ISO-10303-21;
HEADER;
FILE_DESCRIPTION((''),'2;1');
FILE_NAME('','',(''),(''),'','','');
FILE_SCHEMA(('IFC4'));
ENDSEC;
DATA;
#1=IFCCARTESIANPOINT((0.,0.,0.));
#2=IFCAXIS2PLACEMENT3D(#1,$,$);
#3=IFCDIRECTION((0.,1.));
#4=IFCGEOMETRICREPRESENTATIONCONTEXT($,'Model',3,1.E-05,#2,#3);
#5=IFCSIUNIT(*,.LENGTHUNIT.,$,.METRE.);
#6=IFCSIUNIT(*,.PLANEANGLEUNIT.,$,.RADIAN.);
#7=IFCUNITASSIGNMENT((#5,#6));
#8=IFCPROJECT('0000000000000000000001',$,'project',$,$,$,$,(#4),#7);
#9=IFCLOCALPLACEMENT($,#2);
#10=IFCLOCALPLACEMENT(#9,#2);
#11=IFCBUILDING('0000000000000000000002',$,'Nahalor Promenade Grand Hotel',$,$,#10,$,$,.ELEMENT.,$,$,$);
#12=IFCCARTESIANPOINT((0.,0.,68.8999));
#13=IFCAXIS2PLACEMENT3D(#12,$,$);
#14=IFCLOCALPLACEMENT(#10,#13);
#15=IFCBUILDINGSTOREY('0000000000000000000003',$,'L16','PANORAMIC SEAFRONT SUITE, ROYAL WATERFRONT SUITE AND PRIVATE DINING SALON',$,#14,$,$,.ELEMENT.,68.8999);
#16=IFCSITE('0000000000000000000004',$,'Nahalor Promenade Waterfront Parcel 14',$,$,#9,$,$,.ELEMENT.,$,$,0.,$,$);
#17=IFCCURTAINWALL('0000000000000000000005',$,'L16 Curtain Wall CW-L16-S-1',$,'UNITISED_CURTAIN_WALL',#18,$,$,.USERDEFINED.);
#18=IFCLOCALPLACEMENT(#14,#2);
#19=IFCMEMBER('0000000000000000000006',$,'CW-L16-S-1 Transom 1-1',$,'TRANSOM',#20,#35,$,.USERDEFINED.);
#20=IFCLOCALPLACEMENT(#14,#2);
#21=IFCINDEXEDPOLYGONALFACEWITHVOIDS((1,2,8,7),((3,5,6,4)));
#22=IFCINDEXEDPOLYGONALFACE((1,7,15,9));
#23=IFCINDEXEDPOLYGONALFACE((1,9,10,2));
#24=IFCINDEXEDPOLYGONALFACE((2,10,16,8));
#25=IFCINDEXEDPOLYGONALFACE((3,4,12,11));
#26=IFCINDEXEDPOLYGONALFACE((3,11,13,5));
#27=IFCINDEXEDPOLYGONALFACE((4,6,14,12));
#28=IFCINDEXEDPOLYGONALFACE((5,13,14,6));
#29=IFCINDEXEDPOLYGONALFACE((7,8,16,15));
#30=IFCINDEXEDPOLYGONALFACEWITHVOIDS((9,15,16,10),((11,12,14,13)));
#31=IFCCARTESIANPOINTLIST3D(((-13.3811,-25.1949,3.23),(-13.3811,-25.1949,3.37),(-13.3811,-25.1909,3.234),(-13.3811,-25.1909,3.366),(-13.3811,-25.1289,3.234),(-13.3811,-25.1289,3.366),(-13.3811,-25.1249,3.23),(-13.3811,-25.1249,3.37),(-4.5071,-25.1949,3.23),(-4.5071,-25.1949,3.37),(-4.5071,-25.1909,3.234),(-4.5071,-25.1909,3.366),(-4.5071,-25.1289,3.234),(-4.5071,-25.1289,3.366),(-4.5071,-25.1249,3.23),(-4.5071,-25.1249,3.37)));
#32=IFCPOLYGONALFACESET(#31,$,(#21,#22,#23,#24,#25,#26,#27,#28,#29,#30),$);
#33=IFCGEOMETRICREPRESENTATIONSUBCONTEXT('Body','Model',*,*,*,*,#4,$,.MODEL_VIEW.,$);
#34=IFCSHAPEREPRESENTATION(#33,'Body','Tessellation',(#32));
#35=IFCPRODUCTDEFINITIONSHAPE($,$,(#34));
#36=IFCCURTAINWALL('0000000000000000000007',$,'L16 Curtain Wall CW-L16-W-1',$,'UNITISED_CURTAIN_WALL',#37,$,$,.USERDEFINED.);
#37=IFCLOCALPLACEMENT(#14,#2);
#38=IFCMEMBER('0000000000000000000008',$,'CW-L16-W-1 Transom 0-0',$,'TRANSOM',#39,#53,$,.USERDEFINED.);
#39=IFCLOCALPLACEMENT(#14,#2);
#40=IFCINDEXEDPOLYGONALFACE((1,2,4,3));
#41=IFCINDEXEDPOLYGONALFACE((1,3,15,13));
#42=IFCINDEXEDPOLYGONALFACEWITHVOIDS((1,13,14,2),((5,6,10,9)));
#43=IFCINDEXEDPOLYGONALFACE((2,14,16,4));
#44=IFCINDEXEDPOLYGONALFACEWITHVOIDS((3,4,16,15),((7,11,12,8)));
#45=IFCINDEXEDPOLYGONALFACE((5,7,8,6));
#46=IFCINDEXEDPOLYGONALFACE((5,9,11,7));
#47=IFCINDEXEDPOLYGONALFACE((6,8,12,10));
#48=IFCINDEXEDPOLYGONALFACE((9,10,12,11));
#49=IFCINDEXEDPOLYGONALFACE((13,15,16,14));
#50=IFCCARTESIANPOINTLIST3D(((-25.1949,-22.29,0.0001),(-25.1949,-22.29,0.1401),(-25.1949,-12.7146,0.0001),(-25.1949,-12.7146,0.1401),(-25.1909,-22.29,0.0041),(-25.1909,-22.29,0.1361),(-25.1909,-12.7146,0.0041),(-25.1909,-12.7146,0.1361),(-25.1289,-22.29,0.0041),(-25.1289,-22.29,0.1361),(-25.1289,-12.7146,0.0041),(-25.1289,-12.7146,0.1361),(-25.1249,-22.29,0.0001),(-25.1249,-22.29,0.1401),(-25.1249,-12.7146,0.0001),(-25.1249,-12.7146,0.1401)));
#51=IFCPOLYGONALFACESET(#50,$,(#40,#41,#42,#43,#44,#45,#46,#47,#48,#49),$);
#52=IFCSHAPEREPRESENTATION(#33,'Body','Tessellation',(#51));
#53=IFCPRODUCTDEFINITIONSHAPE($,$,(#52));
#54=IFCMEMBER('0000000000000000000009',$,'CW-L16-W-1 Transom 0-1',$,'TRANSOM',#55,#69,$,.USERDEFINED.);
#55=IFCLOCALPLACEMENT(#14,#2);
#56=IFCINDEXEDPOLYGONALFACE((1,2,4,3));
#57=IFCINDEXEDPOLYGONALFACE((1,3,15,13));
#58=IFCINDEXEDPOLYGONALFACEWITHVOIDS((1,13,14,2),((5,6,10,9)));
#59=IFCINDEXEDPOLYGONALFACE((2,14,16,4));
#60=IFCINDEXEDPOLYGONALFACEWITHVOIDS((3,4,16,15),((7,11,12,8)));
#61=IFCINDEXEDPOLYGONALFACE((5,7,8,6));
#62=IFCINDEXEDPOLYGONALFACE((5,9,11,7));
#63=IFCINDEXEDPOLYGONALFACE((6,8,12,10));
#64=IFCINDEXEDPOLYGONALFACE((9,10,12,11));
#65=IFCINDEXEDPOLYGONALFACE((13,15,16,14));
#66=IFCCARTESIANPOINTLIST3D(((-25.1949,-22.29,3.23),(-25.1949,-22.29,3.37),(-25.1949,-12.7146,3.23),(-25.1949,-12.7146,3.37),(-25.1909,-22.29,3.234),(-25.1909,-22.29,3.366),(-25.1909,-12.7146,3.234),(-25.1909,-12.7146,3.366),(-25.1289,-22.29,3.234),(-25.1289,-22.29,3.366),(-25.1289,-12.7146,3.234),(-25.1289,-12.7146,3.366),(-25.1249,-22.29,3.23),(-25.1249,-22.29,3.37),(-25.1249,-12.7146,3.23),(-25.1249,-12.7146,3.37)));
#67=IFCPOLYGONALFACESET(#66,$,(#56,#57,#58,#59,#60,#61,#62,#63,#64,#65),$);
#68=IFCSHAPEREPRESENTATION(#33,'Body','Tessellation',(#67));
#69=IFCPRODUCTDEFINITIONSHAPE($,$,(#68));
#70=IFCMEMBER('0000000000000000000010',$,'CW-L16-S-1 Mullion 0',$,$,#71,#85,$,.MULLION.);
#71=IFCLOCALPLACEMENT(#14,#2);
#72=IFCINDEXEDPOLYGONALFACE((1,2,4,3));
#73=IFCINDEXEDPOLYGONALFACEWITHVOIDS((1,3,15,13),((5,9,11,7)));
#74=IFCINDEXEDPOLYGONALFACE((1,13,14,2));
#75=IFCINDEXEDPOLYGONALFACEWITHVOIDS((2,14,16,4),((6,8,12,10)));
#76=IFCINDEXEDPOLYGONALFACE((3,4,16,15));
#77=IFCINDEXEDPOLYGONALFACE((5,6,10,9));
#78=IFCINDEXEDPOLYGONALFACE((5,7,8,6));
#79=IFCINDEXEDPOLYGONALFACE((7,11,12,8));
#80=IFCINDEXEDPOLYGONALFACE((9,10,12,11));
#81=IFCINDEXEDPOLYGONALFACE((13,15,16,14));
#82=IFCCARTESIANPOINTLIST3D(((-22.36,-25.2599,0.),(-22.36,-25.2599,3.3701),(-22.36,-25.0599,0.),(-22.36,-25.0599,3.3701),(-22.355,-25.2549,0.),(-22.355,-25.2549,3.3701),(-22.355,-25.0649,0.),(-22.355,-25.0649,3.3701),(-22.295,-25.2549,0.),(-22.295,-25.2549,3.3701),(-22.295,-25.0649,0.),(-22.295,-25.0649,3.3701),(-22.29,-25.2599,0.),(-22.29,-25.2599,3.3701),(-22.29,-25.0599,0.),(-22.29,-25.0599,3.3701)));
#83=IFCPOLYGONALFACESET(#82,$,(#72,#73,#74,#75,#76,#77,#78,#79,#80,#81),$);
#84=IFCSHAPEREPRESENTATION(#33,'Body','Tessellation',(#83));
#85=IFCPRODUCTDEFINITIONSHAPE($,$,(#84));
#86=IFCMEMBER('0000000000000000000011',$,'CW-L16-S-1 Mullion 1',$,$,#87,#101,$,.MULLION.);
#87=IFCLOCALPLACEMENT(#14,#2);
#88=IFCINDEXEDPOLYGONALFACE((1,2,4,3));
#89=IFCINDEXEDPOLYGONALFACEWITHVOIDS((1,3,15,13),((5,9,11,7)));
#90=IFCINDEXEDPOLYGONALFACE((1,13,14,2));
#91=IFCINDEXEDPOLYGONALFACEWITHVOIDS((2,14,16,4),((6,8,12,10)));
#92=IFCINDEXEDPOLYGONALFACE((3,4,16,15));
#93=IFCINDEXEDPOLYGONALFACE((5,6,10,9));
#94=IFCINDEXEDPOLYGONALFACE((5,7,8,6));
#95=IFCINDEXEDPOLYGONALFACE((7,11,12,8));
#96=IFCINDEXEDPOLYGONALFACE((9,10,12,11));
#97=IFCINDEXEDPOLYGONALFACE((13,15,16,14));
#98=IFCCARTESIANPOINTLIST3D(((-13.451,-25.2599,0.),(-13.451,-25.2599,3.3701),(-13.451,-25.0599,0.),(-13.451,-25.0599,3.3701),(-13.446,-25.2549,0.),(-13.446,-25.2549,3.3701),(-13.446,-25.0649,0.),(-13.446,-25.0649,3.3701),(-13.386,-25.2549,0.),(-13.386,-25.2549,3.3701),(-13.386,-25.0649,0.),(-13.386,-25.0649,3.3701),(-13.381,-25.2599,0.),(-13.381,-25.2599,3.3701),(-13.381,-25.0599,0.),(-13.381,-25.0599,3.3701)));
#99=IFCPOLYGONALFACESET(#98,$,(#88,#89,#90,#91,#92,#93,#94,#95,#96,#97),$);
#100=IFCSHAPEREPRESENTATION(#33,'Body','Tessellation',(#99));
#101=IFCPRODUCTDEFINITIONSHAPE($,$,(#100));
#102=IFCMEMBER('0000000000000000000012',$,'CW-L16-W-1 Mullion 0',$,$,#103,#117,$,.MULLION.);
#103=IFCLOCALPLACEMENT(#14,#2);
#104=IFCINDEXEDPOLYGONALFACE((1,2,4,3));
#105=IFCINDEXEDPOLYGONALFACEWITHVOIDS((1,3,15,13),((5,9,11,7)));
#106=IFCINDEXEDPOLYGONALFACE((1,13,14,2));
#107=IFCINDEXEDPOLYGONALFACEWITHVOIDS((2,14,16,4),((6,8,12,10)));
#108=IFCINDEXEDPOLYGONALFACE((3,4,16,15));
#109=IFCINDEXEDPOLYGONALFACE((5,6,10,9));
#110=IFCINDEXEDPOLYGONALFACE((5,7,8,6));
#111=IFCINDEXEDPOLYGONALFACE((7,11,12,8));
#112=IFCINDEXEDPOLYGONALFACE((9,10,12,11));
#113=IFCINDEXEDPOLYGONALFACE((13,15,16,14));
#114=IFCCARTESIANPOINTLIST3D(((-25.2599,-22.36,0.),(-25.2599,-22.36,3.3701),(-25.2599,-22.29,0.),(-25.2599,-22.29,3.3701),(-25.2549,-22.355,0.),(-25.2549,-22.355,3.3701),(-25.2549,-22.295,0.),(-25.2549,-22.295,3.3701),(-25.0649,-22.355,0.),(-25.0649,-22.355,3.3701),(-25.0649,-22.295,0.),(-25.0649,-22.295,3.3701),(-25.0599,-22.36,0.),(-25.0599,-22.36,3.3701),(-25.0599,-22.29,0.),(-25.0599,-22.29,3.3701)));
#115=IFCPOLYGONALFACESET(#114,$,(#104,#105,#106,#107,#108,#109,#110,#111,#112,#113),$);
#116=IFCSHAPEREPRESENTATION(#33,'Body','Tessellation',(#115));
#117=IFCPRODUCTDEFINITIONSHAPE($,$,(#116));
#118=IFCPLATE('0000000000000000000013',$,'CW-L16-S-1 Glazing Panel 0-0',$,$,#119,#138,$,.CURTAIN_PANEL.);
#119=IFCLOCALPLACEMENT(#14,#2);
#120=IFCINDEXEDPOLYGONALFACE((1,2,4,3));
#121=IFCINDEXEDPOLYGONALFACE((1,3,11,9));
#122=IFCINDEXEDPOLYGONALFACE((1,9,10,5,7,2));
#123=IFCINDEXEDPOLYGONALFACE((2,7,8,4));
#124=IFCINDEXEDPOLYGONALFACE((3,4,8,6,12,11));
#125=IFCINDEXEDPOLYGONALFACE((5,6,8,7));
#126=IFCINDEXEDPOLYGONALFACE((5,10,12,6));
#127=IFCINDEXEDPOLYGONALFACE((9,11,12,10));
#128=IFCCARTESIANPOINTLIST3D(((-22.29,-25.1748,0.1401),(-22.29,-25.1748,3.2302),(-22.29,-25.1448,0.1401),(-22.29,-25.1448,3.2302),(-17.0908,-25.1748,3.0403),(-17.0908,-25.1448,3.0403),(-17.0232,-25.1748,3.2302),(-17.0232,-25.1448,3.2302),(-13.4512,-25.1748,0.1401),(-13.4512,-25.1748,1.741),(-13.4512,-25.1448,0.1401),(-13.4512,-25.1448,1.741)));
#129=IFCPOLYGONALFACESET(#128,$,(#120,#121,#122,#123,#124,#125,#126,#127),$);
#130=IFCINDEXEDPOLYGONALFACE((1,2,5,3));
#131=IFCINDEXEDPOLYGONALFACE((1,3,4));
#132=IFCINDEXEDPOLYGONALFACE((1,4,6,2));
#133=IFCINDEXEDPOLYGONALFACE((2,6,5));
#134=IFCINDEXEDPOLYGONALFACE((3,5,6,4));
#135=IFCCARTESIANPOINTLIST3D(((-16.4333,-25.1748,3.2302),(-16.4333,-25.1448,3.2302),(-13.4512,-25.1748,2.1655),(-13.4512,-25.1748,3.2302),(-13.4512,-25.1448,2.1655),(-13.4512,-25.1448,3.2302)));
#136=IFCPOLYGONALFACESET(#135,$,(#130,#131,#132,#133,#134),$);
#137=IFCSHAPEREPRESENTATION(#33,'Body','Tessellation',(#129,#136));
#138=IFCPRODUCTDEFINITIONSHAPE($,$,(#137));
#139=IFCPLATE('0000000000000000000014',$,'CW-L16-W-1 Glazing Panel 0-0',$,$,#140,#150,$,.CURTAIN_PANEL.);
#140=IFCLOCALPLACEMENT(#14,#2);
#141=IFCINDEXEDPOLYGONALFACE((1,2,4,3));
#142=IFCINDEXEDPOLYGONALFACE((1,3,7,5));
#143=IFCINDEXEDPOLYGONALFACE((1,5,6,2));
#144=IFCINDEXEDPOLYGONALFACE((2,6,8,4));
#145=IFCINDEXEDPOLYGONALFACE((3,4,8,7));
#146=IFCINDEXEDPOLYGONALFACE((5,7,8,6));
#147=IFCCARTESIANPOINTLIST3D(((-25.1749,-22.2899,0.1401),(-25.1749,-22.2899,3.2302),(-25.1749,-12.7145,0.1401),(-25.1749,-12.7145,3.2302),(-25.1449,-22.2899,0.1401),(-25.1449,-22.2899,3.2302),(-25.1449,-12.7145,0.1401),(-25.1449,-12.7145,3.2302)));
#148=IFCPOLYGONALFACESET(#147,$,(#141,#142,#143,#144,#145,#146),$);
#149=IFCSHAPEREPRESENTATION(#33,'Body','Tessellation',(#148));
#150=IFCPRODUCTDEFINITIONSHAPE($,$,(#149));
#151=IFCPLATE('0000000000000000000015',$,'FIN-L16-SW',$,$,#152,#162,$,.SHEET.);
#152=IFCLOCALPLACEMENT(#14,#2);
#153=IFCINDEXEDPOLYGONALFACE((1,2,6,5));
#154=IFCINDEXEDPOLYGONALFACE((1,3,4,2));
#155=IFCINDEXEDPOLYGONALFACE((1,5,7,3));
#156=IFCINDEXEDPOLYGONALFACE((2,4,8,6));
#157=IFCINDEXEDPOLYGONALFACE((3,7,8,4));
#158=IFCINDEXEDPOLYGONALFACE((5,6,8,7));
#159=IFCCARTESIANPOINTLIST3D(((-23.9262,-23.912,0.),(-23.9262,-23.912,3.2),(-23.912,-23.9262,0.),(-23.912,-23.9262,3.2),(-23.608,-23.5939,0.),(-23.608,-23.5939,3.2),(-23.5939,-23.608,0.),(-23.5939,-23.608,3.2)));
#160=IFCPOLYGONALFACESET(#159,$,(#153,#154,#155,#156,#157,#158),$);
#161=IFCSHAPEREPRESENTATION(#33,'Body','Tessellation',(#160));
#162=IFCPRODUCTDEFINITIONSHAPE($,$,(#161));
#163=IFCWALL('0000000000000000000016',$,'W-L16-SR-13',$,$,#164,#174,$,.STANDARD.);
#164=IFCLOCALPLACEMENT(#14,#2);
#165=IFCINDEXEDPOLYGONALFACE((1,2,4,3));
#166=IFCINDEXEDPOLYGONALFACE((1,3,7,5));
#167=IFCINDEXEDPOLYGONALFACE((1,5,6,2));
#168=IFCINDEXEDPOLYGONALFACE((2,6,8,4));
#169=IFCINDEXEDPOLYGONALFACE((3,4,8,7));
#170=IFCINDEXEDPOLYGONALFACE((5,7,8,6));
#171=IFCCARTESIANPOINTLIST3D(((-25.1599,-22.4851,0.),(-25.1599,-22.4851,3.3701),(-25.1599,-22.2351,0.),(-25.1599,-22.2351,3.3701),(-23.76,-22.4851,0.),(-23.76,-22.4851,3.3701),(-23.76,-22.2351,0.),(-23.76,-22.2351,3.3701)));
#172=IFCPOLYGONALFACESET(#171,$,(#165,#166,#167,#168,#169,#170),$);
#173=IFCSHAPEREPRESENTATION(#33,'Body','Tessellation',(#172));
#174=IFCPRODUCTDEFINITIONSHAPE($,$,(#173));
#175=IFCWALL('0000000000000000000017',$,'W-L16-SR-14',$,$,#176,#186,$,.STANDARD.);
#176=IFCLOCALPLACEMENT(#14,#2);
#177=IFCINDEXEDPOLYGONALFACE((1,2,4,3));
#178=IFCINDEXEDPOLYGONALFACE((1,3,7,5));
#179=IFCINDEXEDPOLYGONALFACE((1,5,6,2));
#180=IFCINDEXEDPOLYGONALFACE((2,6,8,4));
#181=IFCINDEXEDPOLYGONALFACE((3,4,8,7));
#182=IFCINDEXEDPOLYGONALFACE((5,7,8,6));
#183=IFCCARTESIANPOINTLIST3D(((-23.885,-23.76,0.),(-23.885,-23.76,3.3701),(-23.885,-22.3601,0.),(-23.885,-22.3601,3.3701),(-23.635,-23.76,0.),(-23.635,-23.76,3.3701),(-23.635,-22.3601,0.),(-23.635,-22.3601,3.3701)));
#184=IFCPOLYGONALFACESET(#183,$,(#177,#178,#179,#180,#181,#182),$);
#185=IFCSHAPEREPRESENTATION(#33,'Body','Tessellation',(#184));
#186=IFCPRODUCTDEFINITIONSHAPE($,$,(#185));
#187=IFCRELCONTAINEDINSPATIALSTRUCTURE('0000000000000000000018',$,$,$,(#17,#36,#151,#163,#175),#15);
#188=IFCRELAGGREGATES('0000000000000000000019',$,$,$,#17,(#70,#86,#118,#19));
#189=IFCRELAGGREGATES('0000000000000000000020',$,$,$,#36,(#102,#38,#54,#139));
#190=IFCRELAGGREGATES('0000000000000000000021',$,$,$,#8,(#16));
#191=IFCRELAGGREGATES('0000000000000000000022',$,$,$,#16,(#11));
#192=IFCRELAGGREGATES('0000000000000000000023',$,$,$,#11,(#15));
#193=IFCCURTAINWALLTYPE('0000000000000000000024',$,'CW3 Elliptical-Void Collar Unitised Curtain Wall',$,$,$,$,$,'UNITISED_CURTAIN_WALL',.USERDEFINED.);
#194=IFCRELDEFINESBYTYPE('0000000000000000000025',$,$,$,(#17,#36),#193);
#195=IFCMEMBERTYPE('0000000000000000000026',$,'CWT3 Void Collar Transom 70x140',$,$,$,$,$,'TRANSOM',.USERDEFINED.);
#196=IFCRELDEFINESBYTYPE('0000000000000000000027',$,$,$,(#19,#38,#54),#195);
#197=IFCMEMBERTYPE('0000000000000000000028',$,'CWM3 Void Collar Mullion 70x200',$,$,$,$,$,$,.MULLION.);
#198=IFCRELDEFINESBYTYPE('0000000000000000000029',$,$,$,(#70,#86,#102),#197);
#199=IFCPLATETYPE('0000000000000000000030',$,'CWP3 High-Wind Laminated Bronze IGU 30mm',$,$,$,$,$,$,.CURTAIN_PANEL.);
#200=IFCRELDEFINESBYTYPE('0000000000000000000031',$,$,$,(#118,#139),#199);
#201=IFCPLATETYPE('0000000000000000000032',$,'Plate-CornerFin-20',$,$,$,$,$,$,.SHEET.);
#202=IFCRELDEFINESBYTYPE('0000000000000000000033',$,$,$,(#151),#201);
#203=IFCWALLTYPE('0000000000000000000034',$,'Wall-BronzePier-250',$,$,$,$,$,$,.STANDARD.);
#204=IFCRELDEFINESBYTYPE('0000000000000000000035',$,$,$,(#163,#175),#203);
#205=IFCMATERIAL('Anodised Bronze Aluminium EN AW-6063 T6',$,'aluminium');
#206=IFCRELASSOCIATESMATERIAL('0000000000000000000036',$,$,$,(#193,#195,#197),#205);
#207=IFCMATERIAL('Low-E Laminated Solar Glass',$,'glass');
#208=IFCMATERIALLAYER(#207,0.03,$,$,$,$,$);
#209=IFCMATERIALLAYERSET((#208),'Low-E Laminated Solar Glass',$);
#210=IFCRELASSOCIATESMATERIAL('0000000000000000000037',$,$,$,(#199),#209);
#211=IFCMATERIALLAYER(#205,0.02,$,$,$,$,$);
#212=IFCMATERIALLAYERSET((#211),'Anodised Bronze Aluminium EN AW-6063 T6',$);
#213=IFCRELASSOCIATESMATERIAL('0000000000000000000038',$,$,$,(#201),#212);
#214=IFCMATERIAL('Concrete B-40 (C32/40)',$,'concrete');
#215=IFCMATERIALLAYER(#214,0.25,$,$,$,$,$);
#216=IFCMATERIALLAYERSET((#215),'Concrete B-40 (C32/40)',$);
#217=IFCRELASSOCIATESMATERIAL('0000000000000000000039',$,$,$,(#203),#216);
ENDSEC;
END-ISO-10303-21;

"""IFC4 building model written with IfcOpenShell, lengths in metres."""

from ifc_helpers import new_model, si_unit, direction, frame, frame_2d, origin, origin_2d, place, context, subcontext, project, spatial, polyline, rectangle, hollow_rectangle, outline, extrude, source, transform, mapped, material, layer, layer_set, material_profile, profile_set, type_object, element, aggregate, save


model = new_model("IFC4")

# Units and contexts
model_context = context("Model", 3, precision=1e-05, world=origin(), true_north=direction((0.0, 1.0)))
body_context = subcontext(model_context, "Body", "Model", "MODEL_VIEW")
ifc_project = project(units=[si_unit("LENGTHUNIT", "METRE"), si_unit("PLANEANGLEUNIT", "RADIAN")], contexts=[model_context])

# Site, building, storey
site_placement = place(None, origin())
site = spatial("IfcSite", under=ifc_project, at=site_placement, Name="Nahalor Promenade Waterfront Parcel 14", CompositionType="ELEMENT", RefElevation=0.0)
building_placement = place(site_placement, origin())
building = spatial("IfcBuilding", under=site, at=building_placement, Name="Nahalor Promenade Grand Hotel", CompositionType="ELEMENT")
storey_placement = place(building_placement, frame((0.0, 0.0, 68.8999)))
storey = spatial("IfcBuildingStorey", under=building, at=storey_placement, Name="L16", Description="PANORAMIC SEAFRONT SUITE, ROYAL WATERFRONT SUITE AND PRIVATE DINING SALON", CompositionType="ELEMENT", Elevation=68.8999)

# Curtain walls, members
ifc_material_1 = material(Name="Anodised Bronze Aluminium EN AW-6063 T6", Category="aluminium")
curtain_wall_type = type_object("IfcCurtainWallType", Name="CW3 Elliptical-Void Collar Unitised Curtain Wall", ElementType="UNITISED_CURTAIN_WALL", PredefinedType="USERDEFINED", material=ifc_material_1)
curtain_wall_1_placement = place(storey_placement, origin())
curtain_wall_1 = element("IfcCurtainWall", 1, at=curtain_wall_1_placement, inside=storey, type_object=curtain_wall_type, Name="L16 Curtain Wall CW-L16-S-1", ObjectType="UNITISED_CURTAIN_WALL", PredefinedType="USERDEFINED")
ifc_material_profile_1 = material_profile(ifc_material_1, hollow_rectangle(XDim=0.07, YDim=0.14, WallThickness=0.004, at=origin_2d()), Name="CWT 70x140x4")
ifc_profile_set_1 = profile_set([ifc_material_profile_1], Name="Anodised Bronze Aluminium EN AW-6063 T6")
member_type_1 = type_object("IfcMemberType", Name="CWT3 Void Collar Transom 70x140", ElementType="TRANSOM", PredefinedType="USERDEFINED", material=ifc_profile_set_1)
shared_shape_1 = source(origin(), body_context, "Body", "SweptSolid", [
    extrude(hollow_rectangle(XDim=0.07, YDim=0.14, WallThickness=0.004, at=origin_2d()), origin(), (0.0, 0.0, 1.0), 8.874),
])
member_1_placement = place(storey_placement, frame((-13.3811, -25.1599, 3.3), z_axis=(1.0, 0.0, 0.0), x_axis=(0.0, 1.0, 0.0)))
member_1 = element("IfcMember", 2, at=member_1_placement, type_object=member_type_1, Name="CW-L16-S-1 Transom 1-1", ObjectType="TRANSOM", PredefinedType="USERDEFINED", context=body_context, shape_type="MappedRepresentation", body=[
    mapped(shared_shape_1, transform((0.0, 0.0, 0.0), scale=1.0)),
])
curtain_wall_2_placement = place(storey_placement, origin())
curtain_wall_2 = element("IfcCurtainWall", 3, at=curtain_wall_2_placement, inside=storey, type_object=curtain_wall_type, Name="L16 Curtain Wall CW-L16-W-1", ObjectType="UNITISED_CURTAIN_WALL", PredefinedType="USERDEFINED")
shared_shape_2 = source(origin(), body_context, "Body", "SweptSolid", [
    extrude(hollow_rectangle(XDim=0.07, YDim=0.14, WallThickness=0.004, at=origin_2d()), origin(), (0.0, 0.0, 1.0), 9.5754),
])
member_2_placement = place(storey_placement, frame((-25.1599, -22.29, 0.0701), z_axis=(0.0, 1.0, 0.0), x_axis=(-1.0, 0.0, 0.0)))
member_2 = element("IfcMember", 4, at=member_2_placement, type_object=member_type_1, Name="CW-L16-W-1 Transom 0-0", ObjectType="TRANSOM", PredefinedType="USERDEFINED", context=body_context, shape_type="MappedRepresentation", body=[
    mapped(shared_shape_2, transform((0.0, 0.0, 0.0), scale=1.0)),
])
member_3_placement = place(storey_placement, frame((-25.1599, -22.29, 3.3), z_axis=(0.0, 1.0, 0.0), x_axis=(-1.0, 0.0, 0.0)))
member_3 = element("IfcMember", 5, at=member_3_placement, type_object=member_type_1, Name="CW-L16-W-1 Transom 0-1", ObjectType="TRANSOM", PredefinedType="USERDEFINED", context=body_context, shape_type="MappedRepresentation", body=[
    mapped(shared_shape_2, transform((0.0, 0.0, 0.0), scale=1.0)),
])

# Members
ifc_material_profile_2 = material_profile(ifc_material_1, hollow_rectangle(XDim=0.07, YDim=0.2, WallThickness=0.005, at=origin_2d()), Name="CWM 70x200x5")
ifc_profile_set_2 = profile_set([ifc_material_profile_2], Name="Anodised Bronze Aluminium EN AW-6063 T6")
member_type_2 = type_object("IfcMemberType", Name="CWM3 Void Collar Mullion 70x200", PredefinedType="MULLION", material=ifc_profile_set_2)
shared_shape_3 = source(origin(), body_context, "Body", "SweptSolid", [
    extrude(hollow_rectangle(XDim=0.07, YDim=0.2, WallThickness=0.005, at=origin_2d()), origin(), (0.0, 0.0, 1.0), 3.3701),
])
member_4_placement = place(storey_placement, frame((-22.325, -25.1599, 0.0), z_axis=(0.0, 0.0, 1.0), x_axis=(1.0, 0.0, 0.0)))
member_4 = element("IfcMember", 6, at=member_4_placement, type_object=member_type_2, Name="CW-L16-S-1 Mullion 0", PredefinedType="MULLION", context=body_context, shape_type="MappedRepresentation", body=[
    mapped(shared_shape_3, transform((0.0, 0.0, 0.0), scale=1.0)),
])
member_5_placement = place(storey_placement, frame((-13.416, -25.1599, 0.0), z_axis=(0.0, 0.0, 1.0), x_axis=(1.0, 0.0, 0.0)))
member_5 = element("IfcMember", 7, at=member_5_placement, type_object=member_type_2, Name="CW-L16-S-1 Mullion 1", PredefinedType="MULLION", context=body_context, shape_type="MappedRepresentation", body=[
    mapped(shared_shape_3, transform((0.0, 0.0, 0.0), scale=1.0)),
])
member_6_placement = place(storey_placement, frame((-25.1599, -22.325, 0.0), z_axis=(0.0, 0.0, 1.0), x_axis=(0.0, 1.0, 0.0)))
member_6 = element("IfcMember", 8, at=member_6_placement, type_object=member_type_2, Name="CW-L16-W-1 Mullion 0", PredefinedType="MULLION", context=body_context, shape_type="MappedRepresentation", body=[
    mapped(shared_shape_3, transform((0.0, 0.0, 0.0), scale=1.0)),
])

# Plates
ifc_material_2 = material(Name="Low-E Laminated Solar Glass", Category="glass")
ifc_layer_1 = layer(ifc_material_2, 0.03)
ifc_layer_set_1 = layer_set([ifc_layer_1], Name="Low-E Laminated Solar Glass")
plate_type_1 = type_object("IfcPlateType", Name="CWP3 High-Wind Laminated Bronze IGU 30mm", PredefinedType="CURTAIN_PANEL", material=ifc_layer_set_1)
plate_1_placement = place(storey_placement, frame((-17.8706, -25.1599, 0.1401), z_axis=(0.0, 0.0, 1.0), x_axis=(1.0, 0.0, 0.0)))
plate_1 = element("IfcPlate", 9, at=plate_1_placement, type_object=plate_type_1, Name="CW-L16-S-1 Glazing Panel 0-0", PredefinedType="CURTAIN_PANEL", context=body_context, shape_type="SweptSolid", body=[
    extrude(outline(polyline([(-4.4194, 0.0), (4.4194, 0.0), (4.4194, 1.6008), (0.7798, 2.9001), (0.8474, 3.0901), (-4.4194, 3.0901), (-4.4194, 0.0)])), frame((0.0, 0.0151, 0.0), z_axis=(0.0, -1.0, 0.0), x_axis=(1.0, 0.0, 0.0)), (0.0, 0.0, 1.0), 0.03),
    extrude(outline(polyline([(4.4194, 2.0254), (4.4194, 3.0901), (1.4373, 3.0901), (4.4194, 2.0254)])), frame((0.0, 0.0151, 0.0), z_axis=(0.0, -1.0, 0.0), x_axis=(1.0, 0.0, 0.0)), (0.0, 0.0, 1.0), 0.03),
])
aggregate(curtain_wall_1, [member_4, member_5, plate_1, member_1])
shared_shape_4 = source(origin(), body_context, "Body", "SweptSolid", [
    extrude(rectangle(XDim=9.5754, YDim=0.03, at=origin_2d()), origin(), (0.0, 0.0, 1.0), 3.0901),
])
plate_2_placement = place(storey_placement, frame((-25.1599, -17.5022, 0.1401), z_axis=(0.0, 0.0, 1.0), x_axis=(0.0, 1.0, 0.0)))
plate_2 = element("IfcPlate", 10, at=plate_2_placement, type_object=plate_type_1, Name="CW-L16-W-1 Glazing Panel 0-0", PredefinedType="CURTAIN_PANEL", context=body_context, shape_type="MappedRepresentation", body=[
    mapped(shared_shape_4, transform((0.0, 0.0, 0.0), scale=1.0)),
])
aggregate(curtain_wall_2, [member_6, member_2, member_3, plate_2])
ifc_layer_2 = layer(ifc_material_1, 0.02)
ifc_layer_set_2 = layer_set([ifc_layer_2], Name="Anodised Bronze Aluminium EN AW-6063 T6")
plate_type_2 = type_object("IfcPlateType", Name="Plate-CornerFin-20", PredefinedType="SHEET", material=ifc_layer_set_2)
shared_shape_5 = source(origin(), body_context, "Body", "SweptSolid", [
    extrude(rectangle(XDim=0.45, YDim=0.02, at=origin_2d()), origin(), (0.0, 0.0, 1.0), 3.2),
])
plate_3_placement = place(storey_placement, frame((-23.76, -23.76, 0.0), z_axis=(0.0, 0.0, 1.0), x_axis=(0.707107, 0.707107, 0.0)))
element("IfcPlate", 11, at=plate_3_placement, inside=storey, type_object=plate_type_2, Name="FIN-L16-SW", PredefinedType="SHEET", context=body_context, shape_type="MappedRepresentation", body=[
    mapped(shared_shape_5, transform((0.0, 0.0, 0.0), scale=1.0)),
])

# Walls
ifc_material_3 = material(Name="Concrete B-40 (C32/40)", Category="concrete")
ifc_layer_3 = layer(ifc_material_3, 0.25)
ifc_layer_set_3 = layer_set([ifc_layer_3], Name="Concrete B-40 (C32/40)")
wall_type_1 = type_object("IfcWallType", Name="Wall-BronzePier-250", PredefinedType="STANDARD", material=ifc_layer_set_3)
shared_shape_6 = source(origin(), body_context, "Body", "SweptSolid", [
    extrude(rectangle(XDim=1.3999, YDim=0.25, at=frame_2d((0.7, 0.0))), origin(), (0.0, 0.0, 1.0), 3.3701),
])
for number, where, z_axis, x_axis, name in (
    (12, (-25.1599, -22.3601, 0.0), (0.0, 0.0, 1.0), (1.0, 0.0, 0.0), "W-L16-SR-13"),
    (13, (-23.76, -23.76, 0.0), (0.0, 0.0, 1.0), (0.0, 1.0, 0.0), "W-L16-SR-14"),
):
    element("IfcWall", number, at=place(storey_placement, frame(where, z_axis=z_axis, x_axis=x_axis)), inside=storey, type_object=wall_type_1, Name=name, PredefinedType="STANDARD", context=body_context, shape_type="MappedRepresentation", body=[
        mapped(shared_shape_6, transform((0.0, 0.0, 0.0), scale=1.0)),
    ])

save(model, "model.ifc")
